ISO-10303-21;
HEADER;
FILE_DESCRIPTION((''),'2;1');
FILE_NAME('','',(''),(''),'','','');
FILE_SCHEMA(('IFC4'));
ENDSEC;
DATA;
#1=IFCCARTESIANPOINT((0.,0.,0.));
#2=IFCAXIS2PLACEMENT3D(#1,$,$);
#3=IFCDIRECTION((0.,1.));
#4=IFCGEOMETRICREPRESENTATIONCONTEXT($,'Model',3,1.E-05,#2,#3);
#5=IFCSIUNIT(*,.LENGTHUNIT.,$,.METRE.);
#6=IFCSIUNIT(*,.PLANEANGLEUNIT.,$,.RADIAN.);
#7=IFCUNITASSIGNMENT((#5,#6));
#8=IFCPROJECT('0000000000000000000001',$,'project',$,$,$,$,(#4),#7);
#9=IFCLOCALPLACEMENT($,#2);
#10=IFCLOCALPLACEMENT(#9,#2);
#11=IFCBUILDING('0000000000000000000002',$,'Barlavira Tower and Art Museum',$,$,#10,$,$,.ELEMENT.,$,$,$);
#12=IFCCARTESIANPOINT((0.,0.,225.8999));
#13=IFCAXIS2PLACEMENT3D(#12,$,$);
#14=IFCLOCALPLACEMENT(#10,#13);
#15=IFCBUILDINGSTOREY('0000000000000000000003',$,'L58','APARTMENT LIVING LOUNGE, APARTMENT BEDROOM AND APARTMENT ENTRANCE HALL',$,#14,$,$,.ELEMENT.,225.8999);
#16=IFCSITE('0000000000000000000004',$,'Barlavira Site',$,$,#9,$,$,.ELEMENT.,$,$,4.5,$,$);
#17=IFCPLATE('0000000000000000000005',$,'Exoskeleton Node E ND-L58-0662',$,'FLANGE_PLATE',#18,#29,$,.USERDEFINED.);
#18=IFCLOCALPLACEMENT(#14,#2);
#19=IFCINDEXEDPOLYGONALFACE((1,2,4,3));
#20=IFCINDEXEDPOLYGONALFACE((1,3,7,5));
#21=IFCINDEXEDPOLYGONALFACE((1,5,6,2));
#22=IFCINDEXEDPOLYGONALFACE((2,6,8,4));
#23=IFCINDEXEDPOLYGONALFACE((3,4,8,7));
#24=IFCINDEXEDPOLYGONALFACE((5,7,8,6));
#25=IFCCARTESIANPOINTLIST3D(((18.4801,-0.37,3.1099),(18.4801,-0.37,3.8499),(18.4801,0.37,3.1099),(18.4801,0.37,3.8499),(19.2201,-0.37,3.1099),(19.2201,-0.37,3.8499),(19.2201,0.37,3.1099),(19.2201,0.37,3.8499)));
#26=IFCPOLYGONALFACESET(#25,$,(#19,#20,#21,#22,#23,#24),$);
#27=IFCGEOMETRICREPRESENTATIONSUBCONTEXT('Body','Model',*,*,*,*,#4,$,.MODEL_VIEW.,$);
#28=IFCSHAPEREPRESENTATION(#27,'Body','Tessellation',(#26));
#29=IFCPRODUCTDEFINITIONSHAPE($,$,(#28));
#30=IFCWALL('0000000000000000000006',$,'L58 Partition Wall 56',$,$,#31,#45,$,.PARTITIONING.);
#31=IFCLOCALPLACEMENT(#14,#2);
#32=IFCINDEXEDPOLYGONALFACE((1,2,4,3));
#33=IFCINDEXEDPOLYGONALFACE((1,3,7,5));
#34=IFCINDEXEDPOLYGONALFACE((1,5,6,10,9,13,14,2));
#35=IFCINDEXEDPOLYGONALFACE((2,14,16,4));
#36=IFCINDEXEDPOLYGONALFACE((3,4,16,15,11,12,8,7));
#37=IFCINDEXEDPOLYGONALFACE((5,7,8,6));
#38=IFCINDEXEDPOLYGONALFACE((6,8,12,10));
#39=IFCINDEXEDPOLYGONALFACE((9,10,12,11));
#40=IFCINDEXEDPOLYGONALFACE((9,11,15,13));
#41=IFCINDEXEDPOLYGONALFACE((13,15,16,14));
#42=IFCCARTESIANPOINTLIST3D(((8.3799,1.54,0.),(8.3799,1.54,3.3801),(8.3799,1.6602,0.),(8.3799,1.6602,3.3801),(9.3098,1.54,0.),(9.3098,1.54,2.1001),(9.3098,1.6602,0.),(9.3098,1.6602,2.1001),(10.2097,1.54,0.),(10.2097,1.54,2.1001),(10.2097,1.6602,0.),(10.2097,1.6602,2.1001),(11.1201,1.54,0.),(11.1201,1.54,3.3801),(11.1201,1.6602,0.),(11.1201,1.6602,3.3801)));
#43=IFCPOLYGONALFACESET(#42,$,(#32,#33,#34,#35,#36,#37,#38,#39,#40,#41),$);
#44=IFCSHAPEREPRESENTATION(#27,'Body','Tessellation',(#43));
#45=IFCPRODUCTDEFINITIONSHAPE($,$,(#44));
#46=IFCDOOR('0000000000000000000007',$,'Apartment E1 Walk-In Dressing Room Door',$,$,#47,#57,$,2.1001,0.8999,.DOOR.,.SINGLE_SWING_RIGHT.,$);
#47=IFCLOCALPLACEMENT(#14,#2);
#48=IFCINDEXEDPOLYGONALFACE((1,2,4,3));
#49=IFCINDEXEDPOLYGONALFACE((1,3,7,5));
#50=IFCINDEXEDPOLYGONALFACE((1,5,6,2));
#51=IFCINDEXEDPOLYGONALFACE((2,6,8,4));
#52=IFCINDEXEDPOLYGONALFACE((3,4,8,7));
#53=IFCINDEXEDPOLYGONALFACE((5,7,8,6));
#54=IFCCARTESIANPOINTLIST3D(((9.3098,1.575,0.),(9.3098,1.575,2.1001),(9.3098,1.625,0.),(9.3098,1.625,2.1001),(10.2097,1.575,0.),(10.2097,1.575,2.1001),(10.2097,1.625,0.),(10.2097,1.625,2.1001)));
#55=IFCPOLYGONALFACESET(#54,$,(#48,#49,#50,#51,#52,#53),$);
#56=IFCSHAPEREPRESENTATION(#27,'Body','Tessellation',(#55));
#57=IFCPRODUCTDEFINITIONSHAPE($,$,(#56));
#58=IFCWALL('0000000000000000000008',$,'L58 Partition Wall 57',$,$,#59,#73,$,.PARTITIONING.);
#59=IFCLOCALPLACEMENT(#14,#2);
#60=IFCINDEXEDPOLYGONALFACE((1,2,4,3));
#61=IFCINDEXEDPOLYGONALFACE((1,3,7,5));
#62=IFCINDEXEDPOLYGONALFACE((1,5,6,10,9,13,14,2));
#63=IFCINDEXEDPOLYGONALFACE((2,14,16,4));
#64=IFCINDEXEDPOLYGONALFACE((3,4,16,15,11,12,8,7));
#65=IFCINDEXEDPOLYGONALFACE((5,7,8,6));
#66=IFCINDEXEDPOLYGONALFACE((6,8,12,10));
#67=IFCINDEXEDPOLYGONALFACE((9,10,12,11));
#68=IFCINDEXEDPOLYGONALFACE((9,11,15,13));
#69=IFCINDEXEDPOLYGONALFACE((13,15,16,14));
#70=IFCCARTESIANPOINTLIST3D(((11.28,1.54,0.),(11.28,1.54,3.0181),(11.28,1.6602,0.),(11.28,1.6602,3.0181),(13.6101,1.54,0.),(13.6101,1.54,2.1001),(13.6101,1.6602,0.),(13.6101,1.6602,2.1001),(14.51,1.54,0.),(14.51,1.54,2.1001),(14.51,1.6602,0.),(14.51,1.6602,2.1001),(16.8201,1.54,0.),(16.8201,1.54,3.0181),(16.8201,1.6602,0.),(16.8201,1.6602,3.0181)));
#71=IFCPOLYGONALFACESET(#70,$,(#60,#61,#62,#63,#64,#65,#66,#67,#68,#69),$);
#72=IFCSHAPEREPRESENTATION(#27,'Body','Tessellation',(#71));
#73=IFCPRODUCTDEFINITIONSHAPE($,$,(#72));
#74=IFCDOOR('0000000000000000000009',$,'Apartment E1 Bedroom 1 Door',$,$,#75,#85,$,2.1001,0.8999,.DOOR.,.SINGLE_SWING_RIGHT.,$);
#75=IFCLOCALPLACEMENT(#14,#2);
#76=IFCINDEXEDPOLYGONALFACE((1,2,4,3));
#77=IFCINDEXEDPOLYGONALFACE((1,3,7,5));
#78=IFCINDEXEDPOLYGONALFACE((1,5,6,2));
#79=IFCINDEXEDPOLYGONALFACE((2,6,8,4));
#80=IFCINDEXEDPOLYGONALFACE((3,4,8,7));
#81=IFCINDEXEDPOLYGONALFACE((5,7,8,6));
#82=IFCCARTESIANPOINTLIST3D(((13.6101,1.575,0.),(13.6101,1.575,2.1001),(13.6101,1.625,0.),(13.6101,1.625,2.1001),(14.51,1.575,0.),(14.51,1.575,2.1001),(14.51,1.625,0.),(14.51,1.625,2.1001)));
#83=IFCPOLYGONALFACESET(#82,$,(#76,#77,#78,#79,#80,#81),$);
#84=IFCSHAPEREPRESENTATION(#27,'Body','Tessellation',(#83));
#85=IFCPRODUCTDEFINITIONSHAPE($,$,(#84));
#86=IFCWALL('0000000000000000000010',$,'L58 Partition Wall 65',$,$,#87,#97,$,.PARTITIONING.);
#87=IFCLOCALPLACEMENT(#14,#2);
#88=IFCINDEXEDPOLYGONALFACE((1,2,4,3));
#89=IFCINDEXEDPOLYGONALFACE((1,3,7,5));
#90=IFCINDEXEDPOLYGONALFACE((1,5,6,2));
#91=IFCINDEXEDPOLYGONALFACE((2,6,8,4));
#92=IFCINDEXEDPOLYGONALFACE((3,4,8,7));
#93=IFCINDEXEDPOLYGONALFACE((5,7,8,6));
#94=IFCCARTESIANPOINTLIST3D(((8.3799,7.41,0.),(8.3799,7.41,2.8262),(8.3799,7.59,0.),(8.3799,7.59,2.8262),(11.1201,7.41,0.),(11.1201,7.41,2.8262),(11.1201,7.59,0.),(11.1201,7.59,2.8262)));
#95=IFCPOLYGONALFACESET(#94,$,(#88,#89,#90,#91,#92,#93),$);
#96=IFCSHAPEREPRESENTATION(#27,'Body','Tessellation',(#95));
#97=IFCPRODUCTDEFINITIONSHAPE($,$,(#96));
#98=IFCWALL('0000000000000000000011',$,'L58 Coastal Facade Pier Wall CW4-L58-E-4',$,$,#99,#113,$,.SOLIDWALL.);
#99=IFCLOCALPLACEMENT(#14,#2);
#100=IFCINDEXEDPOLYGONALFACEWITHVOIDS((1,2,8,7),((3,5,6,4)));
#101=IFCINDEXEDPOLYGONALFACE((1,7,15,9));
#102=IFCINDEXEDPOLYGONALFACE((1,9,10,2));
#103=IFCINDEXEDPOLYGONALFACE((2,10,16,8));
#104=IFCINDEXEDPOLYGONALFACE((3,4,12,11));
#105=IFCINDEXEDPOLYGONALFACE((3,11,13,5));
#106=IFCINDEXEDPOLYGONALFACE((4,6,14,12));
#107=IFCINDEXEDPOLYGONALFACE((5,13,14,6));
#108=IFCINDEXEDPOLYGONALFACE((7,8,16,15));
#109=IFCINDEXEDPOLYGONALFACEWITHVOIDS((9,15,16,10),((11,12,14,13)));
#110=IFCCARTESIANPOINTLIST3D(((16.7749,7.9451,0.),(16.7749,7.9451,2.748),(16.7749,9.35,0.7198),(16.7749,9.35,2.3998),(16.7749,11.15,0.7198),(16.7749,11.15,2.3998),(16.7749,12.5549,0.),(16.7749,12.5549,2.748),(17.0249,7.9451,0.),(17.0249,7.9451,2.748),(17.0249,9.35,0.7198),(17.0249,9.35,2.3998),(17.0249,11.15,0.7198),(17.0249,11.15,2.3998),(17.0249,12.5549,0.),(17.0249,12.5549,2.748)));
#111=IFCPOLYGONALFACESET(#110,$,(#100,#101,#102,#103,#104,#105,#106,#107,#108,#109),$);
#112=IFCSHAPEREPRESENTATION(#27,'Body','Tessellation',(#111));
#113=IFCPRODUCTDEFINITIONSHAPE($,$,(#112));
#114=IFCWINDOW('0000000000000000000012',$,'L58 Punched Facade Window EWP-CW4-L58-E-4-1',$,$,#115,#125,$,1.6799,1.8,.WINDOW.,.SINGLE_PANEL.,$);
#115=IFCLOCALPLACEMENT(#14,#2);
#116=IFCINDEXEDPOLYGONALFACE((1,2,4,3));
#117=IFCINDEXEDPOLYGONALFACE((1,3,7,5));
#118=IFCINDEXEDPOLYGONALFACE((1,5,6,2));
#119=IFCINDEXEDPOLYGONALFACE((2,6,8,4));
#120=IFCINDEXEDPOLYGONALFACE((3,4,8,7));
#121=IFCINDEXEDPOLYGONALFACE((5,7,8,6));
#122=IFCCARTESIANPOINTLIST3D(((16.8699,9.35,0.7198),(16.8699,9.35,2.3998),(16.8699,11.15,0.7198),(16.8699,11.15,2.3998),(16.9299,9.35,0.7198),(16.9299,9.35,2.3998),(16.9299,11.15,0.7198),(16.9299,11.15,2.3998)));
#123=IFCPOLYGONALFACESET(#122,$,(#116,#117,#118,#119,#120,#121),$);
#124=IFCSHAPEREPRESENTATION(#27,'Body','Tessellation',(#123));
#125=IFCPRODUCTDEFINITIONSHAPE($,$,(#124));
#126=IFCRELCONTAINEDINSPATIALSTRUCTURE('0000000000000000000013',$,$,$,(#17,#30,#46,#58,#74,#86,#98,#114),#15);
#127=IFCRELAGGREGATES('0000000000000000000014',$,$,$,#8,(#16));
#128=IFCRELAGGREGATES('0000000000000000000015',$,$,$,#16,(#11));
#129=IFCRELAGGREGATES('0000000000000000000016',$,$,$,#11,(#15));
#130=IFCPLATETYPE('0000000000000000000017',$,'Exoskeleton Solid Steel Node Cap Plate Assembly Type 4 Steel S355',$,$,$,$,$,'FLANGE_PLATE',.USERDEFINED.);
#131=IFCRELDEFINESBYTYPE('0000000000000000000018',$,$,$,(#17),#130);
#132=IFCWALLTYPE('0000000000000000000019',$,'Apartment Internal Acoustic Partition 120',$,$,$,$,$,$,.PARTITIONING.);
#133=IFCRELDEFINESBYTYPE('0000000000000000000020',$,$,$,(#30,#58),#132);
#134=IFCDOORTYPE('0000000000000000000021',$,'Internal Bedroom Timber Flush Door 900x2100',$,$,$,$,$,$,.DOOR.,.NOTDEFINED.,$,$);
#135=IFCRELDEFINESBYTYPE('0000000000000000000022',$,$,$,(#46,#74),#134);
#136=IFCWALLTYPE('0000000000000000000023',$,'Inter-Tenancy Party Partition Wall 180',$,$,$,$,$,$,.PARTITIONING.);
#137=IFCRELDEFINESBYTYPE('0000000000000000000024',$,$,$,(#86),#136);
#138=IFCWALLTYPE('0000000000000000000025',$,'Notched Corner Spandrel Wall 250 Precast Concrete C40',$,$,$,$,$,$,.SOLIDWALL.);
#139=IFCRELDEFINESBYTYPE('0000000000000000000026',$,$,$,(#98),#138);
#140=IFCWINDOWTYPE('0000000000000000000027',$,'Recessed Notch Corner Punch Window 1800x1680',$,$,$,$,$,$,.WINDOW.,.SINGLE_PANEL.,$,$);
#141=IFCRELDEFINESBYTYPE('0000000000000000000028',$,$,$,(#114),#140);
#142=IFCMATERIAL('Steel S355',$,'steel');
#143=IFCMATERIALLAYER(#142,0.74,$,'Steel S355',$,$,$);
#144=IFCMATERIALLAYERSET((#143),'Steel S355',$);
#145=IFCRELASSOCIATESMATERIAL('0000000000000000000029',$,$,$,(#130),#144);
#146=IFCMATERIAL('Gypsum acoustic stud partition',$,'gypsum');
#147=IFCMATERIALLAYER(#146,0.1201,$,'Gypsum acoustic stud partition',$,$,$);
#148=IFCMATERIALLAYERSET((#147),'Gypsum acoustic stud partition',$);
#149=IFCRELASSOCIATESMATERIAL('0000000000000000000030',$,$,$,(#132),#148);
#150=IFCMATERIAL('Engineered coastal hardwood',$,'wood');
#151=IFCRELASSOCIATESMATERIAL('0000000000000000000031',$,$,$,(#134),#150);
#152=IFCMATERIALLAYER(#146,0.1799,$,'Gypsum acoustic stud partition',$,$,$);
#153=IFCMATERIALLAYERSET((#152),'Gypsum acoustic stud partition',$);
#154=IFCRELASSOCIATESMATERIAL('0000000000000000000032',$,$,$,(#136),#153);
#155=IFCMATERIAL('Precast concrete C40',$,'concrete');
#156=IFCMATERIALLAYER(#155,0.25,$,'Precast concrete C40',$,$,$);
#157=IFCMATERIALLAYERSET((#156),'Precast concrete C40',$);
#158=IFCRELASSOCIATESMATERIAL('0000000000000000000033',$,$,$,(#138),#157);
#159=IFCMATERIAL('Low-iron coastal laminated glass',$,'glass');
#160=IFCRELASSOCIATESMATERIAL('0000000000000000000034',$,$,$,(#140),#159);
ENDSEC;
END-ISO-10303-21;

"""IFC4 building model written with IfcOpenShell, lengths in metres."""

from ifc_helpers import new_model, si_unit, direction, frame, frame_2d, origin, origin_2d, place, context, subcontext, project, spatial, rectangle, extrude, material, layer, layer_set, type_object, element, fill, save


model = new_model("IFC4")

# Units and contexts
model_context = context("Model", 3, precision=1e-05, world=origin(), true_north=direction((0.0, 1.0)))
body_context = subcontext(model_context, "Body", "Model", "MODEL_VIEW")
ifc_project = project(units=[si_unit("LENGTHUNIT", "METRE"), si_unit("PLANEANGLEUNIT", "RADIAN")], contexts=[model_context])

# Site, building, storey
site_placement = place(None, origin())
site = spatial("IfcSite", under=ifc_project, at=site_placement, Name="Barlavira Site", CompositionType="ELEMENT", RefElevation=4.5)
building_placement = place(site_placement, origin())
building = spatial("IfcBuilding", under=site, at=building_placement, Name="Barlavira Tower and Art Museum", CompositionType="ELEMENT")
storey_placement = place(building_placement, frame((0.0, 0.0, 225.8999)))
storey = spatial("IfcBuildingStorey", under=building, at=storey_placement, Name="L58", Description="APARTMENT LIVING LOUNGE, APARTMENT BEDROOM AND APARTMENT ENTRANCE HALL", CompositionType="ELEMENT", Elevation=225.8999)

# Shared definitions
ifc_material_1 = material(Name="Low-iron coastal laminated glass", Category="glass")

# Shared definitions
ifc_material_2 = material(Name="Steel S355", Category="steel")

# Plate
ifc_layer_1 = layer(ifc_material_2, 0.74, Name="Steel S355")
ifc_layer_set_1 = layer_set([ifc_layer_1], Name="Steel S355")
plate_type_1 = type_object("IfcPlateType", Name="Exoskeleton Solid Steel Node Cap Plate Assembly Type 4 Steel S355", ElementType="FLANGE_PLATE", PredefinedType="USERDEFINED", material=ifc_layer_set_1)
plate_1_placement = place(storey_placement, frame((18.8501, 0.0, 3.1099), z_axis=(0.0, 0.0, 1.0), x_axis=(1.0, 0.0, 0.0)))
element("IfcPlate", 1, at=plate_1_placement, inside=storey, type_object=plate_type_1, Name="Exoskeleton Node E ND-L58-0662", ObjectType="FLANGE_PLATE", PredefinedType="USERDEFINED", context=body_context, shape_type="SweptSolid", body=[
    extrude(rectangle(XDim=0.74, YDim=0.74, at=origin_2d()), origin(), (0.0, 0.0, 1.0), 0.74),
])

# Walls, openings, doors
ifc_material_3 = material(Name="Gypsum acoustic stud partition", Category="gypsum")
ifc_layer_2 = layer(ifc_material_3, 0.1201, Name="Gypsum acoustic stud partition")
ifc_layer_set_2 = layer_set([ifc_layer_2], Name="Gypsum acoustic stud partition")
wall_type_1 = type_object("IfcWallType", Name="Apartment Internal Acoustic Partition 120", PredefinedType="PARTITIONING", material=ifc_layer_set_2)
wall_1_placement = place(storey_placement, frame((8.3799, 1.6001, 0.0), z_axis=(0.0, 0.0, 1.0), x_axis=(1.0, 0.0, 0.0)))
wall_1 = element("IfcWall", 2, at=wall_1_placement, inside=storey, type_object=wall_type_1, Name="L58 Partition Wall 56", PredefinedType="PARTITIONING", context=body_context, shape_type="SweptSolid", body=[
    extrude(rectangle(XDim=2.7402, YDim=0.1201, at=frame_2d((1.3701, 0.0))), origin(), (0.0, 0.0, 1.0), 3.3801),
])
opening_1_placement = place(wall_1_placement, frame((0.9299, 0.0, 0.0)))
opening_1 = element("IfcOpeningElement", 3, at=opening_1_placement, cuts=wall_1, PredefinedType="OPENING", context=body_context, shape_type="SweptSolid", body=[
    extrude(rectangle(XDim=0.8999, YDim=2.1001, at=frame_2d((0.45, 1.05))), frame((0.0, 0.0701, 0.0), z_axis=(0.0, -1.0, 0.0), x_axis=(1.0, 0.0, 0.0)), (0.0, 0.0, 1.0), 0.1401),
])
ifc_material_4 = material(Name="Engineered coastal hardwood", Category="wood")
door_type = type_object("IfcDoorType", Name="Internal Bedroom Timber Flush Door 900x2100", OperationType="NOTDEFINED", PredefinedType="DOOR", material=ifc_material_4)
door_1_placement = place(opening_1_placement, origin())
door_1 = element("IfcDoor", 4, at=door_1_placement, inside=storey, type_object=door_type, Name="Apartment E1 Walk-In Dressing Room Door", OperationType="SINGLE_SWING_RIGHT", OverallHeight=2.1001, OverallWidth=0.8999, PredefinedType="DOOR", context=body_context, shape_type="SweptSolid", body=[
    extrude(rectangle(XDim=0.8999, YDim=2.1001, at=frame_2d((0.45, 1.05))), frame((0.0, 0.0249, 0.0), z_axis=(0.0, -1.0, 0.0), x_axis=(1.0, 0.0, 0.0)), (0.0, 0.0, 1.0), 0.05),
])
fill(opening_1, door_1)
wall_2_placement = place(storey_placement, frame((11.28, 1.6001, 0.0), z_axis=(0.0, 0.0, 1.0), x_axis=(1.0, 0.0, 0.0)))
wall_2 = element("IfcWall", 5, at=wall_2_placement, inside=storey, type_object=wall_type_1, Name="L58 Partition Wall 57", PredefinedType="PARTITIONING", context=body_context, shape_type="SweptSolid", body=[
    extrude(rectangle(XDim=5.54, YDim=0.1201, at=frame_2d((2.77, 0.0))), origin(), (0.0, 0.0, 1.0), 3.0181),
])
opening_2_placement = place(wall_2_placement, frame((2.3301, 0.0, 0.0)))
opening_2 = element("IfcOpeningElement", 6, at=opening_2_placement, cuts=wall_2, PredefinedType="OPENING", context=body_context, shape_type="SweptSolid", body=[
    extrude(rectangle(XDim=0.8999, YDim=2.1001, at=frame_2d((0.45, 1.05))), frame((0.0, 0.0701, 0.0), z_axis=(0.0, -1.0, 0.0), x_axis=(1.0, 0.0, 0.0)), (0.0, 0.0, 1.0), 0.1401),
])
door_2_placement = place(opening_2_placement, origin())
door_2 = element("IfcDoor", 7, at=door_2_placement, inside=storey, type_object=door_type, Name="Apartment E1 Bedroom 1 Door", OperationType="SINGLE_SWING_RIGHT", OverallHeight=2.1001, OverallWidth=0.8999, PredefinedType="DOOR", context=body_context, shape_type="SweptSolid", body=[
    extrude(rectangle(XDim=0.8999, YDim=2.1001, at=frame_2d((0.45, 1.05))), frame((0.0, 0.0249, 0.0), z_axis=(0.0, -1.0, 0.0), x_axis=(1.0, 0.0, 0.0)), (0.0, 0.0, 1.0), 0.05),
])
fill(opening_2, door_2)

# Wall
ifc_layer_3 = layer(ifc_material_3, 0.1799, Name="Gypsum acoustic stud partition")
ifc_layer_set_3 = layer_set([ifc_layer_3], Name="Gypsum acoustic stud partition")
wall_type_2 = type_object("IfcWallType", Name="Inter-Tenancy Party Partition Wall 180", PredefinedType="PARTITIONING", material=ifc_layer_set_3)
wall_3_placement = place(storey_placement, frame((8.3799, 7.5, 0.0), z_axis=(0.0, 0.0, 1.0), x_axis=(1.0, 0.0, 0.0)))
element("IfcWall", 8, at=wall_3_placement, inside=storey, type_object=wall_type_2, Name="L58 Partition Wall 65", PredefinedType="PARTITIONING", context=body_context, shape_type="SweptSolid", body=[
    extrude(rectangle(XDim=2.7402, YDim=0.1799, at=frame_2d((1.3701, 0.0))), origin(), (0.0, 0.0, 1.0), 2.8262),
])

# Wall, opening, window
ifc_material_5 = material(Name="Precast concrete C40", Category="concrete")
ifc_layer_4 = layer(ifc_material_5, 0.25, Name="Precast concrete C40")
ifc_layer_set_4 = layer_set([ifc_layer_4], Name="Precast concrete C40")
wall_type_3 = type_object("IfcWallType", Name="Notched Corner Spandrel Wall 250 Precast Concrete C40", PredefinedType="SOLIDWALL", material=ifc_layer_set_4)
wall_4_placement = place(storey_placement, frame((16.8999, 7.9451, 0.0), z_axis=(0.0, 0.0, 1.0), x_axis=(0.0, 1.0, 0.0)))
wall_4 = element("IfcWall", 9, at=wall_4_placement, inside=storey, type_object=wall_type_3, Name="L58 Coastal Facade Pier Wall CW4-L58-E-4", PredefinedType="SOLIDWALL", context=body_context, shape_type="SweptSolid", body=[
    extrude(rectangle(XDim=4.6099, YDim=0.25, at=frame_2d((2.3049, 0.0))), origin(), (0.0, 0.0, 1.0), 2.748),
])
opening_3_placement = place(wall_4_placement, frame((1.405, 0.0, 0.72)))
opening_3 = element("IfcOpeningElement", 10, at=opening_3_placement, cuts=wall_4, PredefinedType="OPENING", context=body_context, shape_type="SweptSolid", body=[
    extrude(rectangle(XDim=1.8, YDim=1.6799, at=frame_2d((0.8999, 0.8398))), frame((0.0, 0.135, 0.0), z_axis=(0.0, -1.0, 0.0), x_axis=(1.0, 0.0, 0.0)), (0.0, 0.0, 1.0), 0.27),
])
window_type = type_object("IfcWindowType", Name="Recessed Notch Corner Punch Window 1800x1680", PartitioningType="SINGLE_PANEL", PredefinedType="WINDOW", material=ifc_material_1)
window_placement = place(opening_3_placement, origin())
window = element("IfcWindow", 11, at=window_placement, inside=storey, type_object=window_type, Name="L58 Punched Facade Window EWP-CW4-L58-E-4-1", OverallHeight=1.6799, OverallWidth=1.8, PartitioningType="SINGLE_PANEL", PredefinedType="WINDOW", context=body_context, shape_type="SweptSolid", body=[
    extrude(rectangle(XDim=1.8, YDim=1.6799, at=frame_2d((0.8999, 0.8398))), frame((0.0, 0.03, 0.0), z_axis=(0.0, -1.0, 0.0), x_axis=(1.0, 0.0, 0.0)), (0.0, 0.0, 1.0), 0.0601),
])
fill(opening_3, window)

save(model, "model.ifc")
